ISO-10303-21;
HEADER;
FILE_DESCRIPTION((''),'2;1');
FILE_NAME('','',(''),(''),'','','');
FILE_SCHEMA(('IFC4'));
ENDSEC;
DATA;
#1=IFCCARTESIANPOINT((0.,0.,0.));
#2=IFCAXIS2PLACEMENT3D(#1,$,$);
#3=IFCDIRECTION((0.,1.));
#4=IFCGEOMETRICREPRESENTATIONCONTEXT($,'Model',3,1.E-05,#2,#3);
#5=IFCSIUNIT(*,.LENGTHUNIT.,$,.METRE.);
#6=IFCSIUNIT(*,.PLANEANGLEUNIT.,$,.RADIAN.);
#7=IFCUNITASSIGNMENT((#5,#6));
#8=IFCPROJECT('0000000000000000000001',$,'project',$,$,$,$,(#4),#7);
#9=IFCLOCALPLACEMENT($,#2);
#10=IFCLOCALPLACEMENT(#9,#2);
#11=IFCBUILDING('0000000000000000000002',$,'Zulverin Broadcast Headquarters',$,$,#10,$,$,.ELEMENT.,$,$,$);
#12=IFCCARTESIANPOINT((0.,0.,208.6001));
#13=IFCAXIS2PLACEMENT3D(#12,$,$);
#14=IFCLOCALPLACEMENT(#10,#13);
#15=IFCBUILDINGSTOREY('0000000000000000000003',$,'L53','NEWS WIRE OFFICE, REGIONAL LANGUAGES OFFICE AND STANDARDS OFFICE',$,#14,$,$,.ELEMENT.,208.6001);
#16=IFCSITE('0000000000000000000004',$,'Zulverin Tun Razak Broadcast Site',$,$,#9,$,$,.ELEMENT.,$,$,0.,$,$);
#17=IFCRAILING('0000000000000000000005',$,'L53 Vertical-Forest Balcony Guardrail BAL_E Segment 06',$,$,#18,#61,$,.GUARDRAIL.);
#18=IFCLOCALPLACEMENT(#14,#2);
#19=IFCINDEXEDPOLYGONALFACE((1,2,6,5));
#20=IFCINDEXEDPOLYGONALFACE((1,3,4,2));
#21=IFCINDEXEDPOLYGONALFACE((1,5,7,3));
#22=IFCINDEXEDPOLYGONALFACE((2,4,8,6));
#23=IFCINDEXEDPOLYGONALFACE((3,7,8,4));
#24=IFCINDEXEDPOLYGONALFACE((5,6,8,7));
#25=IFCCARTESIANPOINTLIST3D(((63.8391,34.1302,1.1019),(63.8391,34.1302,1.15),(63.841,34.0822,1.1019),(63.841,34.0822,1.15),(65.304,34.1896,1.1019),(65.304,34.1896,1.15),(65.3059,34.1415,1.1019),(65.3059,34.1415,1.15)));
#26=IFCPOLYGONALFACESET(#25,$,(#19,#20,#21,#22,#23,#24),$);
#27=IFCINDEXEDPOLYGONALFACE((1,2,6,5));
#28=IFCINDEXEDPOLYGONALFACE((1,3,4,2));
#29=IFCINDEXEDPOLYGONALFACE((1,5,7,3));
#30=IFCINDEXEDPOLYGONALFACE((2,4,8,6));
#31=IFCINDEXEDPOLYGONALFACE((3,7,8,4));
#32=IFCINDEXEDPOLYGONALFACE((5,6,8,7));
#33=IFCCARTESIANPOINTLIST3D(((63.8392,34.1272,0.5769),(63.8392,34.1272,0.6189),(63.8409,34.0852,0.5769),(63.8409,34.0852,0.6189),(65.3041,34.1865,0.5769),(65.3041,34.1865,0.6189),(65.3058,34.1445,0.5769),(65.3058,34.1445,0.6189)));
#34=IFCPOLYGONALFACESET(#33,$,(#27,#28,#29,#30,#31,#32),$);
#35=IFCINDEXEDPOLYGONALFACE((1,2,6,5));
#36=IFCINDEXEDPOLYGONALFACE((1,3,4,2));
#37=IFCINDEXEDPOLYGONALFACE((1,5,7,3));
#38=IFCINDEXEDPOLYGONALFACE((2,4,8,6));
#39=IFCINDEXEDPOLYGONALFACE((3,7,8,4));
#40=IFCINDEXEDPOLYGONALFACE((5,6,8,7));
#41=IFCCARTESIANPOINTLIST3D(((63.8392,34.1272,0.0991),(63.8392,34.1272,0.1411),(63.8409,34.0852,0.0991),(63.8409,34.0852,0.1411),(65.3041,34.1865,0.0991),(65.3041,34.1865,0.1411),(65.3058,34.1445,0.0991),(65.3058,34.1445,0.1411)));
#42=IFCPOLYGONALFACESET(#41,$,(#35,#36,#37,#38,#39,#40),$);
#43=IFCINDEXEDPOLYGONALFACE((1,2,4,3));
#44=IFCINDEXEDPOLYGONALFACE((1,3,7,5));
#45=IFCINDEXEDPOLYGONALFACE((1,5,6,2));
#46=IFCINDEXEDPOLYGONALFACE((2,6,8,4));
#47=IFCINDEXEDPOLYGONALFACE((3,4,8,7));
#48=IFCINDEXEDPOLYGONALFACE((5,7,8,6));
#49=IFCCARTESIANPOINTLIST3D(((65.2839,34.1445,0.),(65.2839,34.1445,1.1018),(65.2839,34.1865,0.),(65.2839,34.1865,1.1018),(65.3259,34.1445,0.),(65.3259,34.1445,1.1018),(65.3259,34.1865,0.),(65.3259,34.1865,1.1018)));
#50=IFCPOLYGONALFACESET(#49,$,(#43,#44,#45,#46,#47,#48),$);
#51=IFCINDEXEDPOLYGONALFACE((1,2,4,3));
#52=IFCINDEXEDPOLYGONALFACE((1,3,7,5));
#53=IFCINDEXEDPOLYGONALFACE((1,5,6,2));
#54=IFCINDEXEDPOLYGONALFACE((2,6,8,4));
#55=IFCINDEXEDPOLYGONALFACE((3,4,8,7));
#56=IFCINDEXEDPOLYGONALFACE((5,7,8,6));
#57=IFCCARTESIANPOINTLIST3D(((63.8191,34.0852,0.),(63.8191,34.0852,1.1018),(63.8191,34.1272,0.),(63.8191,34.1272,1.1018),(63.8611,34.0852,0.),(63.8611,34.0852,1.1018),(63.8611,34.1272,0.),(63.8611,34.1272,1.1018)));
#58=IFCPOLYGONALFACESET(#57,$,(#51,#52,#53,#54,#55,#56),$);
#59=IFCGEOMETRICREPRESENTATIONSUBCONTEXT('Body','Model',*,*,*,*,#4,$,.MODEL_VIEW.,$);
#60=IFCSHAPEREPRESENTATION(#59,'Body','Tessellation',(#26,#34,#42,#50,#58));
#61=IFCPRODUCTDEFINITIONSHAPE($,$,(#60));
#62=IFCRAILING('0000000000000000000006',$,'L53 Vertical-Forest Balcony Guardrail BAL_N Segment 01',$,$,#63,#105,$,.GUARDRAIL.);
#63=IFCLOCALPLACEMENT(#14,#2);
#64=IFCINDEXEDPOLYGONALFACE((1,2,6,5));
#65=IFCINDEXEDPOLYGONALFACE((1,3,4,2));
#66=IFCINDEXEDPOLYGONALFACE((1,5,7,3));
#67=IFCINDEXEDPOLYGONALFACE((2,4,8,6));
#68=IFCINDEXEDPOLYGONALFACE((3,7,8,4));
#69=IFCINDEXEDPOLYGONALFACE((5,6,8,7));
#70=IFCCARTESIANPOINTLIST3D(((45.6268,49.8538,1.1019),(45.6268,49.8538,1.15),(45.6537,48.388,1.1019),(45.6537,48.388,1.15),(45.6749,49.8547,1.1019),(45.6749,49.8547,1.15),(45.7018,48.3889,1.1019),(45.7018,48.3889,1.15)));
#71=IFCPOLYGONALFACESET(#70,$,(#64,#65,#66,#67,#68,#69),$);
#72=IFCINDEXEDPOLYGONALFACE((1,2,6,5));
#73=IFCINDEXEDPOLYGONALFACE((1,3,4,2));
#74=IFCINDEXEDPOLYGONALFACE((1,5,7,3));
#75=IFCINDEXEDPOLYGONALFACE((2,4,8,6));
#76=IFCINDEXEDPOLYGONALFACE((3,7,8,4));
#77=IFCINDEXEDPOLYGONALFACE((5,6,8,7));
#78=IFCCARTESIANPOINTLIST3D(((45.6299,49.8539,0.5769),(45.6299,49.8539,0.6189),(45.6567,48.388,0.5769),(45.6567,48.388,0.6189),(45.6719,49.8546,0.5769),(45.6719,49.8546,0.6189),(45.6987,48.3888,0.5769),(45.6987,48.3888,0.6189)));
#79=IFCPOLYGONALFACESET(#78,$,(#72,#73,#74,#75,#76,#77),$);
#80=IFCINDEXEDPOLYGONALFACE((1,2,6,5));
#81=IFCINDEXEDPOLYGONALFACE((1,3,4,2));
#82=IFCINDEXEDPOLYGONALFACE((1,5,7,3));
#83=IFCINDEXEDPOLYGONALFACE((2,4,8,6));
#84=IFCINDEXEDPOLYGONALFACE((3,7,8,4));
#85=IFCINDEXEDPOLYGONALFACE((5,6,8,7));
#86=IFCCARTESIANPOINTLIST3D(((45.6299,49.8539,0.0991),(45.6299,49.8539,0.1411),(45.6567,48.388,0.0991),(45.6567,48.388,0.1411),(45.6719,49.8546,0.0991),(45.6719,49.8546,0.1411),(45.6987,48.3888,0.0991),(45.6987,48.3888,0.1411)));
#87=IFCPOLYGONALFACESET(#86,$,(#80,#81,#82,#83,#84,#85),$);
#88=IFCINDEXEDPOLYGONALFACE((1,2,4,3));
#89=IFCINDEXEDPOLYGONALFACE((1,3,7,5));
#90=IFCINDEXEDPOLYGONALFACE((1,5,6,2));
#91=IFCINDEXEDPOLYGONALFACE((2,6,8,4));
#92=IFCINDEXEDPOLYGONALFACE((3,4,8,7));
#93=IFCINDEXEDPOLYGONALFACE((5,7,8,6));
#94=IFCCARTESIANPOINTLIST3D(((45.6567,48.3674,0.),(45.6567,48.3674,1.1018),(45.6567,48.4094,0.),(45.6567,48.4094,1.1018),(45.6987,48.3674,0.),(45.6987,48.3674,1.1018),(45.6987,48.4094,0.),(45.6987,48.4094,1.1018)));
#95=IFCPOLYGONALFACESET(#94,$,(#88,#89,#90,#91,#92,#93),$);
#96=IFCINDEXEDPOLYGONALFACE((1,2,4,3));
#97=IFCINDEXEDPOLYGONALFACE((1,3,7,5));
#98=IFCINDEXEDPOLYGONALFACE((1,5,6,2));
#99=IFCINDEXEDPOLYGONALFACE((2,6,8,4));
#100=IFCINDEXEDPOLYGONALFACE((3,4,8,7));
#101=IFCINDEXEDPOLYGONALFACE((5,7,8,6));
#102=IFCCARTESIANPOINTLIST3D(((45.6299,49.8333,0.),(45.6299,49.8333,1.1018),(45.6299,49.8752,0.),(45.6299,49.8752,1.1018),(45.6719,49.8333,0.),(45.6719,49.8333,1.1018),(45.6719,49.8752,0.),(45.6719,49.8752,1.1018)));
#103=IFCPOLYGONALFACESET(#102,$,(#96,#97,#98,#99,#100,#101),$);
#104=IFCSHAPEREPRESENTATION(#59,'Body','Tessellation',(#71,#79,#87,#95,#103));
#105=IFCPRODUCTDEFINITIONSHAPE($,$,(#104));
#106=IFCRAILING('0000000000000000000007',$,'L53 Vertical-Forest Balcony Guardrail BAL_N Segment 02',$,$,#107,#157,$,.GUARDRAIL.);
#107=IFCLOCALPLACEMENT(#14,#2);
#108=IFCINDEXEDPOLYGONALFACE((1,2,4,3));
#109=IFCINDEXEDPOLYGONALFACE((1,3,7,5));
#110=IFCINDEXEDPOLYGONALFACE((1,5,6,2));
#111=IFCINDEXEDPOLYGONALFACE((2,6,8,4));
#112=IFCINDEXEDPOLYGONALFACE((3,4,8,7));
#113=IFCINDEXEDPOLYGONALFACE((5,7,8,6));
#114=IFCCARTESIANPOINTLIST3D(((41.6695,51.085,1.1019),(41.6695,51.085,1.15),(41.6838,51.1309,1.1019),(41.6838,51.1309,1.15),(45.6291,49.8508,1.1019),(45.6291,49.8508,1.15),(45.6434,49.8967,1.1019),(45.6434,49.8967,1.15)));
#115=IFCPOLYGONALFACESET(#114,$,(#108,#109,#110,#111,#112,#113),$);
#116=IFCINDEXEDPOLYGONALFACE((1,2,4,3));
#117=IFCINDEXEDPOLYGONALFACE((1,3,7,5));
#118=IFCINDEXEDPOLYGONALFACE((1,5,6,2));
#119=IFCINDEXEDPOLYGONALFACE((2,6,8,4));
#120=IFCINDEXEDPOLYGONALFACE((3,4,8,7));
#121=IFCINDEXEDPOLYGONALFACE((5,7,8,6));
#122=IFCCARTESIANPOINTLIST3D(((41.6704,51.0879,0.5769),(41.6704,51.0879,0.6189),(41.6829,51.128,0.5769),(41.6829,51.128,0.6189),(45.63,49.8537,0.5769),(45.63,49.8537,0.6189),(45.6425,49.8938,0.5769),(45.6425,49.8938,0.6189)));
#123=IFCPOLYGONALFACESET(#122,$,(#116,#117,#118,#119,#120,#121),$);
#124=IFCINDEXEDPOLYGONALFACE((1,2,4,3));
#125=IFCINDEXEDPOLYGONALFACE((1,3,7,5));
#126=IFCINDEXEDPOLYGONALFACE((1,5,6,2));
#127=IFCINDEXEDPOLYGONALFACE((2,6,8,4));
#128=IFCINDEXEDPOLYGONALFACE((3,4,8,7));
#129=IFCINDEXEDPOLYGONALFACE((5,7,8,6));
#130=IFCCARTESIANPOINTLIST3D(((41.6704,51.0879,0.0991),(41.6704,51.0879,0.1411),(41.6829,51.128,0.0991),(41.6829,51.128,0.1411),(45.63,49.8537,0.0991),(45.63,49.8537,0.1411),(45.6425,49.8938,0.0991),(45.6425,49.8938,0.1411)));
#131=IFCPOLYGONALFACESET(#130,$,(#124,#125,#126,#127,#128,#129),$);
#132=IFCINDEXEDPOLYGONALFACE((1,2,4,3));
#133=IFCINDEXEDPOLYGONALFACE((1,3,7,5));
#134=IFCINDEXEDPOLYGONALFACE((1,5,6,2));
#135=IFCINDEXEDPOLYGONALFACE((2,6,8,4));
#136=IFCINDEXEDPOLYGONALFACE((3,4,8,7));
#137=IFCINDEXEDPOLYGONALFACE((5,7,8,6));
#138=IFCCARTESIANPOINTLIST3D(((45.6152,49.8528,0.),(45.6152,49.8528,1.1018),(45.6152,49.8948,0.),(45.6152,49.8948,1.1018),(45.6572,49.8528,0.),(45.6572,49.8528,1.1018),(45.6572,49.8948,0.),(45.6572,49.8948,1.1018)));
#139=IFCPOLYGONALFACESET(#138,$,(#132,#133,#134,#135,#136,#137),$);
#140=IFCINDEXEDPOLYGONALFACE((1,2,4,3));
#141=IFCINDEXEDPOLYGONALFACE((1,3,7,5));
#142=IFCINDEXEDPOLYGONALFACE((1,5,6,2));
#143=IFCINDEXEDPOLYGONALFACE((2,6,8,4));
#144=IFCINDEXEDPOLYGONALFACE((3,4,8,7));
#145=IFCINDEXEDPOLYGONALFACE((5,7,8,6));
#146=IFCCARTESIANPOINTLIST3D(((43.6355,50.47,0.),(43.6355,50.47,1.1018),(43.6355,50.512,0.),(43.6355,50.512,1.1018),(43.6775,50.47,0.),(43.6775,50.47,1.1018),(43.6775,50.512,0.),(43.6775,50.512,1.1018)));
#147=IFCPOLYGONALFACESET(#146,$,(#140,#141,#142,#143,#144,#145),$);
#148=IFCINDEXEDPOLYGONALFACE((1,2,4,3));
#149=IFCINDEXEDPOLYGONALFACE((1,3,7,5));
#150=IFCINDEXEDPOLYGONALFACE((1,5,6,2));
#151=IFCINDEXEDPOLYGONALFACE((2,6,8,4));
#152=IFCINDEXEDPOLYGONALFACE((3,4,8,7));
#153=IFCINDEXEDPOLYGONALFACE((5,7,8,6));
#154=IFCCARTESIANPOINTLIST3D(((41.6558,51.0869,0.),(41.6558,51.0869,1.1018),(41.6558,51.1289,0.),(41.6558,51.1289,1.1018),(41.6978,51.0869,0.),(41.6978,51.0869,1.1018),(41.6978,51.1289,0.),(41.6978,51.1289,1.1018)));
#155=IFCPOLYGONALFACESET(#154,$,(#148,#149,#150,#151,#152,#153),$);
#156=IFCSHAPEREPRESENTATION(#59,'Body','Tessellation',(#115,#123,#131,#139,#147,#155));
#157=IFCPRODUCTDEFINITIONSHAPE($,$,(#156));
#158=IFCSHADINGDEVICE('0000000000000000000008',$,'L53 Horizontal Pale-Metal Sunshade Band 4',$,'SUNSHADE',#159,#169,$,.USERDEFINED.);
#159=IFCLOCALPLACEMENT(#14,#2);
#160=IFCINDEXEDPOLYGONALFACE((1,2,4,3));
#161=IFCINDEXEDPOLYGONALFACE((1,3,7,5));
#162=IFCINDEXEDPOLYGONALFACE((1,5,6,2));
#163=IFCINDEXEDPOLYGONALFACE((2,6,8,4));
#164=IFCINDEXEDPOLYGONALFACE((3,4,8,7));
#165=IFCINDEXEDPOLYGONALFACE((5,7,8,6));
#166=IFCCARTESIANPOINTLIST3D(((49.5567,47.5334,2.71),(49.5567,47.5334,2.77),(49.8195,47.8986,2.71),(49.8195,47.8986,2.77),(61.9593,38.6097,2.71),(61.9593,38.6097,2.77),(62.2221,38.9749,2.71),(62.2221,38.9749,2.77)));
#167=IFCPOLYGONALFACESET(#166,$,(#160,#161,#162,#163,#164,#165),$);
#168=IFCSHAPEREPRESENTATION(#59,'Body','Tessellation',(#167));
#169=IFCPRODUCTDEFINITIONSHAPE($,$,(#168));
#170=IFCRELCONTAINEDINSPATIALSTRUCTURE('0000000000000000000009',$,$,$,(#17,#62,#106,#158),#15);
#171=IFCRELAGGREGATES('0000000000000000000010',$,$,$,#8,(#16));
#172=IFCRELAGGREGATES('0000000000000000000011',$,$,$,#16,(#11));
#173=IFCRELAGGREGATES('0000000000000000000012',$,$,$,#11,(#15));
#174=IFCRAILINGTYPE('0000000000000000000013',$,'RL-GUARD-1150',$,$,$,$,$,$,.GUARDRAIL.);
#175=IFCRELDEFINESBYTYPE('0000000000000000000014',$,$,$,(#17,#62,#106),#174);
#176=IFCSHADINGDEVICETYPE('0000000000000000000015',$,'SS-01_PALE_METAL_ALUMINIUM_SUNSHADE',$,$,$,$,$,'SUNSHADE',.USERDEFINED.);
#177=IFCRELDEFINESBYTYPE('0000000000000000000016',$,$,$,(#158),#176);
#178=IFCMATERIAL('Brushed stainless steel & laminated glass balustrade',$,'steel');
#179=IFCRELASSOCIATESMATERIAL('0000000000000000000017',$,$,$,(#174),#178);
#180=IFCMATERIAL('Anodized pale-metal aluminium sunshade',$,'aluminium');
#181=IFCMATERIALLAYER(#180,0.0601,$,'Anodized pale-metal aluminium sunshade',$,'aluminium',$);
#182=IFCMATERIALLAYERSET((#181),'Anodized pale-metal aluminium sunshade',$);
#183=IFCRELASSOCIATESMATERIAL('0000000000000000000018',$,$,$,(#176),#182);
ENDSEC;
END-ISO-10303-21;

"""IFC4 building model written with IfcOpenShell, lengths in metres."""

from ifc_helpers import new_model, si_unit, direction, frame, origin, origin_2d, place, context, subcontext, project, spatial, rectangle, extrude, material, layer, layer_set, type_object, element, save


model = new_model("IFC4")

# Units and contexts
model_context = context("Model", 3, precision=1e-05, world=origin(), true_north=direction((0.0, 1.0)))
body_context = subcontext(model_context, "Body", "Model", "MODEL_VIEW")
ifc_project = project(units=[si_unit("LENGTHUNIT", "METRE"), si_unit("PLANEANGLEUNIT", "RADIAN")], contexts=[model_context])

# Site, building, storey
site_placement = place(None, origin())
site = spatial("IfcSite", under=ifc_project, at=site_placement, Name="Zulverin Tun Razak Broadcast Site", CompositionType="ELEMENT", RefElevation=0.0)
building_placement = place(site_placement, origin())
building = spatial("IfcBuilding", under=site, at=building_placement, Name="Zulverin Broadcast Headquarters", CompositionType="ELEMENT")
storey_placement = place(building_placement, frame((0.0, 0.0, 208.6001)))
storey = spatial("IfcBuildingStorey", under=building, at=storey_placement, Name="L53", Description="NEWS WIRE OFFICE, REGIONAL LANGUAGES OFFICE AND STANDARDS OFFICE", CompositionType="ELEMENT", Elevation=208.6001)

# Railings
ifc_material_1 = material(Name="Brushed stainless steel & laminated glass balustrade", Category="steel")
railing_type = type_object("IfcRailingType", Name="RL-GUARD-1150", PredefinedType="GUARDRAIL", material=ifc_material_1)
railing_1_placement = place(storey_placement, frame((65.3049, 34.1655, 0.0)))
element("IfcRailing", 1, at=railing_1_placement, inside=storey, type_object=railing_type, Name="L53 Vertical-Forest Balcony Guardrail BAL_E Segment 06", PredefinedType="GUARDRAIL", context=body_context, shape_type="SweptSolid", body=[
    extrude(rectangle(XDim=0.0481, YDim=0.0481, at=origin_2d()), frame((0.0, 0.0, 1.126), z_axis=(-0.999181, -0.040467, 0.0), x_axis=(0.040467, -0.999181, 0.0)), (0.0, 0.0, 1.0), 1.4661),
    extrude(rectangle(XDim=0.042, YDim=0.042, at=origin_2d()), frame((0.0, 0.0, 0.5979), z_axis=(-0.999181, -0.040467, 0.0), x_axis=(0.040467, -0.999181, 0.0)), (0.0, 0.0, 1.0), 1.4661),
    extrude(rectangle(XDim=0.042, YDim=0.042, at=origin_2d()), frame((0.0, 0.0, 0.1201), z_axis=(-0.999181, -0.040467, 0.0), x_axis=(0.040467, -0.999181, 0.0)), (0.0, 0.0, 1.0), 1.4661),
    extrude(rectangle(XDim=0.042, YDim=0.042, at=origin_2d()), origin(), (0.0, 0.0, 1.0), 1.1018),
    extrude(rectangle(XDim=0.042, YDim=0.042, at=origin_2d()), frame((-1.4648, -0.0593, 0.0)), (0.0, 0.0, 1.0), 1.1018),
])
railing_2_placement = place(storey_placement, frame((45.6777, 48.3884, 0.0)))
element("IfcRailing", 2, at=railing_2_placement, inside=storey, type_object=railing_type, Name="L53 Vertical-Forest Balcony Guardrail BAL_N Segment 01", PredefinedType="GUARDRAIL", context=body_context, shape_type="SweptSolid", body=[
    extrude(rectangle(XDim=0.0481, YDim=0.0481, at=origin_2d()), frame((0.0, 0.0, 1.126), z_axis=(-0.018318, 0.999832, 0.0), x_axis=(-0.999832, -0.018318, 0.0)), (0.0, 0.0, 1.0), 1.4661),
    extrude(rectangle(XDim=0.042, YDim=0.042, at=origin_2d()), frame((0.0, 0.0, 0.5979), z_axis=(-0.018318, 0.999832, 0.0), x_axis=(-0.999832, -0.018318, 0.0)), (0.0, 0.0, 1.0), 1.4661),
    extrude(rectangle(XDim=0.042, YDim=0.042, at=origin_2d()), frame((0.0, 0.0, 0.1201), z_axis=(-0.018318, 0.999832, 0.0), x_axis=(-0.999832, -0.018318, 0.0)), (0.0, 0.0, 1.0), 1.4661),
    extrude(rectangle(XDim=0.042, YDim=0.042, at=origin_2d()), origin(), (0.0, 0.0, 1.0), 1.1018),
    extrude(rectangle(XDim=0.042, YDim=0.042, at=origin_2d()), frame((-0.0269, 1.4658, 0.0)), (0.0, 0.0, 1.0), 1.1018),
])
railing_3_placement = place(storey_placement, frame((45.6362, 49.8738, 0.0)))
element("IfcRailing", 3, at=railing_3_placement, inside=storey, type_object=railing_type, Name="L53 Vertical-Forest Balcony Guardrail BAL_N Segment 02", PredefinedType="GUARDRAIL", context=body_context, shape_type="SweptSolid", body=[
    extrude(rectangle(XDim=0.0481, YDim=0.0481, at=origin_2d()), frame((0.0, 0.0, 1.126), z_axis=(-0.9547, 0.297571, 0.0), x_axis=(-0.297571, -0.9547, 0.0)), (0.0, 0.0, 1.0), 4.1475),
    extrude(rectangle(XDim=0.042, YDim=0.042, at=origin_2d()), frame((0.0, 0.0, 0.5979), z_axis=(-0.9547, 0.297571, 0.0), x_axis=(-0.297571, -0.9547, 0.0)), (0.0, 0.0, 1.0), 4.1475),
    extrude(rectangle(XDim=0.042, YDim=0.042, at=origin_2d()), frame((0.0, 0.0, 0.1201), z_axis=(-0.9547, 0.297571, 0.0), x_axis=(-0.297571, -0.9547, 0.0)), (0.0, 0.0, 1.0), 4.1475),
    extrude(rectangle(XDim=0.042, YDim=0.042, at=origin_2d()), origin(), (0.0, 0.0, 1.0), 1.1018),
    extrude(rectangle(XDim=0.042, YDim=0.042, at=origin_2d()), frame((-1.9797, 0.6172, 0.0)), (0.0, 0.0, 1.0), 1.1018),
    extrude(rectangle(XDim=0.042, YDim=0.042, at=origin_2d()), frame((-3.9595, 1.2341, 0.0)), (0.0, 0.0, 1.0), 1.1018),
])

# Shading device
ifc_material_2 = material(Name="Anodized pale-metal aluminium sunshade", Category="aluminium")
ifc_layer_1 = layer(ifc_material_2, 0.0601, Name="Anodized pale-metal aluminium sunshade", Category="aluminium")
ifc_layer_set_1 = layer_set([ifc_layer_1], Name="Anodized pale-metal aluminium sunshade")
shading_device_type = type_object("IfcShadingDeviceType", Name="SS-01_PALE_METAL_ALUMINIUM_SUNSHADE", ElementType="SUNSHADE", PredefinedType="USERDEFINED", material=ifc_layer_set_1)
shading_device_placement = place(storey_placement, frame((55.8894, 43.2542, 2.71), z_axis=(0.0, 0.0, 1.0), x_axis=(-0.811724, 0.584041, 0.0)))
element("IfcShadingDevice", 4, at=shading_device_placement, inside=storey, type_object=shading_device_type, Name="L53 Horizontal Pale-Metal Sunshade Band 4", ObjectType="SUNSHADE", PredefinedType="USERDEFINED", context=body_context, shape_type="SweptSolid", body=[
    extrude(rectangle(XDim=15.2793, YDim=0.45, at=origin_2d()), origin(), (0.0, 0.0, 1.0), 0.0601),
])

save(model, "model.ifc")
